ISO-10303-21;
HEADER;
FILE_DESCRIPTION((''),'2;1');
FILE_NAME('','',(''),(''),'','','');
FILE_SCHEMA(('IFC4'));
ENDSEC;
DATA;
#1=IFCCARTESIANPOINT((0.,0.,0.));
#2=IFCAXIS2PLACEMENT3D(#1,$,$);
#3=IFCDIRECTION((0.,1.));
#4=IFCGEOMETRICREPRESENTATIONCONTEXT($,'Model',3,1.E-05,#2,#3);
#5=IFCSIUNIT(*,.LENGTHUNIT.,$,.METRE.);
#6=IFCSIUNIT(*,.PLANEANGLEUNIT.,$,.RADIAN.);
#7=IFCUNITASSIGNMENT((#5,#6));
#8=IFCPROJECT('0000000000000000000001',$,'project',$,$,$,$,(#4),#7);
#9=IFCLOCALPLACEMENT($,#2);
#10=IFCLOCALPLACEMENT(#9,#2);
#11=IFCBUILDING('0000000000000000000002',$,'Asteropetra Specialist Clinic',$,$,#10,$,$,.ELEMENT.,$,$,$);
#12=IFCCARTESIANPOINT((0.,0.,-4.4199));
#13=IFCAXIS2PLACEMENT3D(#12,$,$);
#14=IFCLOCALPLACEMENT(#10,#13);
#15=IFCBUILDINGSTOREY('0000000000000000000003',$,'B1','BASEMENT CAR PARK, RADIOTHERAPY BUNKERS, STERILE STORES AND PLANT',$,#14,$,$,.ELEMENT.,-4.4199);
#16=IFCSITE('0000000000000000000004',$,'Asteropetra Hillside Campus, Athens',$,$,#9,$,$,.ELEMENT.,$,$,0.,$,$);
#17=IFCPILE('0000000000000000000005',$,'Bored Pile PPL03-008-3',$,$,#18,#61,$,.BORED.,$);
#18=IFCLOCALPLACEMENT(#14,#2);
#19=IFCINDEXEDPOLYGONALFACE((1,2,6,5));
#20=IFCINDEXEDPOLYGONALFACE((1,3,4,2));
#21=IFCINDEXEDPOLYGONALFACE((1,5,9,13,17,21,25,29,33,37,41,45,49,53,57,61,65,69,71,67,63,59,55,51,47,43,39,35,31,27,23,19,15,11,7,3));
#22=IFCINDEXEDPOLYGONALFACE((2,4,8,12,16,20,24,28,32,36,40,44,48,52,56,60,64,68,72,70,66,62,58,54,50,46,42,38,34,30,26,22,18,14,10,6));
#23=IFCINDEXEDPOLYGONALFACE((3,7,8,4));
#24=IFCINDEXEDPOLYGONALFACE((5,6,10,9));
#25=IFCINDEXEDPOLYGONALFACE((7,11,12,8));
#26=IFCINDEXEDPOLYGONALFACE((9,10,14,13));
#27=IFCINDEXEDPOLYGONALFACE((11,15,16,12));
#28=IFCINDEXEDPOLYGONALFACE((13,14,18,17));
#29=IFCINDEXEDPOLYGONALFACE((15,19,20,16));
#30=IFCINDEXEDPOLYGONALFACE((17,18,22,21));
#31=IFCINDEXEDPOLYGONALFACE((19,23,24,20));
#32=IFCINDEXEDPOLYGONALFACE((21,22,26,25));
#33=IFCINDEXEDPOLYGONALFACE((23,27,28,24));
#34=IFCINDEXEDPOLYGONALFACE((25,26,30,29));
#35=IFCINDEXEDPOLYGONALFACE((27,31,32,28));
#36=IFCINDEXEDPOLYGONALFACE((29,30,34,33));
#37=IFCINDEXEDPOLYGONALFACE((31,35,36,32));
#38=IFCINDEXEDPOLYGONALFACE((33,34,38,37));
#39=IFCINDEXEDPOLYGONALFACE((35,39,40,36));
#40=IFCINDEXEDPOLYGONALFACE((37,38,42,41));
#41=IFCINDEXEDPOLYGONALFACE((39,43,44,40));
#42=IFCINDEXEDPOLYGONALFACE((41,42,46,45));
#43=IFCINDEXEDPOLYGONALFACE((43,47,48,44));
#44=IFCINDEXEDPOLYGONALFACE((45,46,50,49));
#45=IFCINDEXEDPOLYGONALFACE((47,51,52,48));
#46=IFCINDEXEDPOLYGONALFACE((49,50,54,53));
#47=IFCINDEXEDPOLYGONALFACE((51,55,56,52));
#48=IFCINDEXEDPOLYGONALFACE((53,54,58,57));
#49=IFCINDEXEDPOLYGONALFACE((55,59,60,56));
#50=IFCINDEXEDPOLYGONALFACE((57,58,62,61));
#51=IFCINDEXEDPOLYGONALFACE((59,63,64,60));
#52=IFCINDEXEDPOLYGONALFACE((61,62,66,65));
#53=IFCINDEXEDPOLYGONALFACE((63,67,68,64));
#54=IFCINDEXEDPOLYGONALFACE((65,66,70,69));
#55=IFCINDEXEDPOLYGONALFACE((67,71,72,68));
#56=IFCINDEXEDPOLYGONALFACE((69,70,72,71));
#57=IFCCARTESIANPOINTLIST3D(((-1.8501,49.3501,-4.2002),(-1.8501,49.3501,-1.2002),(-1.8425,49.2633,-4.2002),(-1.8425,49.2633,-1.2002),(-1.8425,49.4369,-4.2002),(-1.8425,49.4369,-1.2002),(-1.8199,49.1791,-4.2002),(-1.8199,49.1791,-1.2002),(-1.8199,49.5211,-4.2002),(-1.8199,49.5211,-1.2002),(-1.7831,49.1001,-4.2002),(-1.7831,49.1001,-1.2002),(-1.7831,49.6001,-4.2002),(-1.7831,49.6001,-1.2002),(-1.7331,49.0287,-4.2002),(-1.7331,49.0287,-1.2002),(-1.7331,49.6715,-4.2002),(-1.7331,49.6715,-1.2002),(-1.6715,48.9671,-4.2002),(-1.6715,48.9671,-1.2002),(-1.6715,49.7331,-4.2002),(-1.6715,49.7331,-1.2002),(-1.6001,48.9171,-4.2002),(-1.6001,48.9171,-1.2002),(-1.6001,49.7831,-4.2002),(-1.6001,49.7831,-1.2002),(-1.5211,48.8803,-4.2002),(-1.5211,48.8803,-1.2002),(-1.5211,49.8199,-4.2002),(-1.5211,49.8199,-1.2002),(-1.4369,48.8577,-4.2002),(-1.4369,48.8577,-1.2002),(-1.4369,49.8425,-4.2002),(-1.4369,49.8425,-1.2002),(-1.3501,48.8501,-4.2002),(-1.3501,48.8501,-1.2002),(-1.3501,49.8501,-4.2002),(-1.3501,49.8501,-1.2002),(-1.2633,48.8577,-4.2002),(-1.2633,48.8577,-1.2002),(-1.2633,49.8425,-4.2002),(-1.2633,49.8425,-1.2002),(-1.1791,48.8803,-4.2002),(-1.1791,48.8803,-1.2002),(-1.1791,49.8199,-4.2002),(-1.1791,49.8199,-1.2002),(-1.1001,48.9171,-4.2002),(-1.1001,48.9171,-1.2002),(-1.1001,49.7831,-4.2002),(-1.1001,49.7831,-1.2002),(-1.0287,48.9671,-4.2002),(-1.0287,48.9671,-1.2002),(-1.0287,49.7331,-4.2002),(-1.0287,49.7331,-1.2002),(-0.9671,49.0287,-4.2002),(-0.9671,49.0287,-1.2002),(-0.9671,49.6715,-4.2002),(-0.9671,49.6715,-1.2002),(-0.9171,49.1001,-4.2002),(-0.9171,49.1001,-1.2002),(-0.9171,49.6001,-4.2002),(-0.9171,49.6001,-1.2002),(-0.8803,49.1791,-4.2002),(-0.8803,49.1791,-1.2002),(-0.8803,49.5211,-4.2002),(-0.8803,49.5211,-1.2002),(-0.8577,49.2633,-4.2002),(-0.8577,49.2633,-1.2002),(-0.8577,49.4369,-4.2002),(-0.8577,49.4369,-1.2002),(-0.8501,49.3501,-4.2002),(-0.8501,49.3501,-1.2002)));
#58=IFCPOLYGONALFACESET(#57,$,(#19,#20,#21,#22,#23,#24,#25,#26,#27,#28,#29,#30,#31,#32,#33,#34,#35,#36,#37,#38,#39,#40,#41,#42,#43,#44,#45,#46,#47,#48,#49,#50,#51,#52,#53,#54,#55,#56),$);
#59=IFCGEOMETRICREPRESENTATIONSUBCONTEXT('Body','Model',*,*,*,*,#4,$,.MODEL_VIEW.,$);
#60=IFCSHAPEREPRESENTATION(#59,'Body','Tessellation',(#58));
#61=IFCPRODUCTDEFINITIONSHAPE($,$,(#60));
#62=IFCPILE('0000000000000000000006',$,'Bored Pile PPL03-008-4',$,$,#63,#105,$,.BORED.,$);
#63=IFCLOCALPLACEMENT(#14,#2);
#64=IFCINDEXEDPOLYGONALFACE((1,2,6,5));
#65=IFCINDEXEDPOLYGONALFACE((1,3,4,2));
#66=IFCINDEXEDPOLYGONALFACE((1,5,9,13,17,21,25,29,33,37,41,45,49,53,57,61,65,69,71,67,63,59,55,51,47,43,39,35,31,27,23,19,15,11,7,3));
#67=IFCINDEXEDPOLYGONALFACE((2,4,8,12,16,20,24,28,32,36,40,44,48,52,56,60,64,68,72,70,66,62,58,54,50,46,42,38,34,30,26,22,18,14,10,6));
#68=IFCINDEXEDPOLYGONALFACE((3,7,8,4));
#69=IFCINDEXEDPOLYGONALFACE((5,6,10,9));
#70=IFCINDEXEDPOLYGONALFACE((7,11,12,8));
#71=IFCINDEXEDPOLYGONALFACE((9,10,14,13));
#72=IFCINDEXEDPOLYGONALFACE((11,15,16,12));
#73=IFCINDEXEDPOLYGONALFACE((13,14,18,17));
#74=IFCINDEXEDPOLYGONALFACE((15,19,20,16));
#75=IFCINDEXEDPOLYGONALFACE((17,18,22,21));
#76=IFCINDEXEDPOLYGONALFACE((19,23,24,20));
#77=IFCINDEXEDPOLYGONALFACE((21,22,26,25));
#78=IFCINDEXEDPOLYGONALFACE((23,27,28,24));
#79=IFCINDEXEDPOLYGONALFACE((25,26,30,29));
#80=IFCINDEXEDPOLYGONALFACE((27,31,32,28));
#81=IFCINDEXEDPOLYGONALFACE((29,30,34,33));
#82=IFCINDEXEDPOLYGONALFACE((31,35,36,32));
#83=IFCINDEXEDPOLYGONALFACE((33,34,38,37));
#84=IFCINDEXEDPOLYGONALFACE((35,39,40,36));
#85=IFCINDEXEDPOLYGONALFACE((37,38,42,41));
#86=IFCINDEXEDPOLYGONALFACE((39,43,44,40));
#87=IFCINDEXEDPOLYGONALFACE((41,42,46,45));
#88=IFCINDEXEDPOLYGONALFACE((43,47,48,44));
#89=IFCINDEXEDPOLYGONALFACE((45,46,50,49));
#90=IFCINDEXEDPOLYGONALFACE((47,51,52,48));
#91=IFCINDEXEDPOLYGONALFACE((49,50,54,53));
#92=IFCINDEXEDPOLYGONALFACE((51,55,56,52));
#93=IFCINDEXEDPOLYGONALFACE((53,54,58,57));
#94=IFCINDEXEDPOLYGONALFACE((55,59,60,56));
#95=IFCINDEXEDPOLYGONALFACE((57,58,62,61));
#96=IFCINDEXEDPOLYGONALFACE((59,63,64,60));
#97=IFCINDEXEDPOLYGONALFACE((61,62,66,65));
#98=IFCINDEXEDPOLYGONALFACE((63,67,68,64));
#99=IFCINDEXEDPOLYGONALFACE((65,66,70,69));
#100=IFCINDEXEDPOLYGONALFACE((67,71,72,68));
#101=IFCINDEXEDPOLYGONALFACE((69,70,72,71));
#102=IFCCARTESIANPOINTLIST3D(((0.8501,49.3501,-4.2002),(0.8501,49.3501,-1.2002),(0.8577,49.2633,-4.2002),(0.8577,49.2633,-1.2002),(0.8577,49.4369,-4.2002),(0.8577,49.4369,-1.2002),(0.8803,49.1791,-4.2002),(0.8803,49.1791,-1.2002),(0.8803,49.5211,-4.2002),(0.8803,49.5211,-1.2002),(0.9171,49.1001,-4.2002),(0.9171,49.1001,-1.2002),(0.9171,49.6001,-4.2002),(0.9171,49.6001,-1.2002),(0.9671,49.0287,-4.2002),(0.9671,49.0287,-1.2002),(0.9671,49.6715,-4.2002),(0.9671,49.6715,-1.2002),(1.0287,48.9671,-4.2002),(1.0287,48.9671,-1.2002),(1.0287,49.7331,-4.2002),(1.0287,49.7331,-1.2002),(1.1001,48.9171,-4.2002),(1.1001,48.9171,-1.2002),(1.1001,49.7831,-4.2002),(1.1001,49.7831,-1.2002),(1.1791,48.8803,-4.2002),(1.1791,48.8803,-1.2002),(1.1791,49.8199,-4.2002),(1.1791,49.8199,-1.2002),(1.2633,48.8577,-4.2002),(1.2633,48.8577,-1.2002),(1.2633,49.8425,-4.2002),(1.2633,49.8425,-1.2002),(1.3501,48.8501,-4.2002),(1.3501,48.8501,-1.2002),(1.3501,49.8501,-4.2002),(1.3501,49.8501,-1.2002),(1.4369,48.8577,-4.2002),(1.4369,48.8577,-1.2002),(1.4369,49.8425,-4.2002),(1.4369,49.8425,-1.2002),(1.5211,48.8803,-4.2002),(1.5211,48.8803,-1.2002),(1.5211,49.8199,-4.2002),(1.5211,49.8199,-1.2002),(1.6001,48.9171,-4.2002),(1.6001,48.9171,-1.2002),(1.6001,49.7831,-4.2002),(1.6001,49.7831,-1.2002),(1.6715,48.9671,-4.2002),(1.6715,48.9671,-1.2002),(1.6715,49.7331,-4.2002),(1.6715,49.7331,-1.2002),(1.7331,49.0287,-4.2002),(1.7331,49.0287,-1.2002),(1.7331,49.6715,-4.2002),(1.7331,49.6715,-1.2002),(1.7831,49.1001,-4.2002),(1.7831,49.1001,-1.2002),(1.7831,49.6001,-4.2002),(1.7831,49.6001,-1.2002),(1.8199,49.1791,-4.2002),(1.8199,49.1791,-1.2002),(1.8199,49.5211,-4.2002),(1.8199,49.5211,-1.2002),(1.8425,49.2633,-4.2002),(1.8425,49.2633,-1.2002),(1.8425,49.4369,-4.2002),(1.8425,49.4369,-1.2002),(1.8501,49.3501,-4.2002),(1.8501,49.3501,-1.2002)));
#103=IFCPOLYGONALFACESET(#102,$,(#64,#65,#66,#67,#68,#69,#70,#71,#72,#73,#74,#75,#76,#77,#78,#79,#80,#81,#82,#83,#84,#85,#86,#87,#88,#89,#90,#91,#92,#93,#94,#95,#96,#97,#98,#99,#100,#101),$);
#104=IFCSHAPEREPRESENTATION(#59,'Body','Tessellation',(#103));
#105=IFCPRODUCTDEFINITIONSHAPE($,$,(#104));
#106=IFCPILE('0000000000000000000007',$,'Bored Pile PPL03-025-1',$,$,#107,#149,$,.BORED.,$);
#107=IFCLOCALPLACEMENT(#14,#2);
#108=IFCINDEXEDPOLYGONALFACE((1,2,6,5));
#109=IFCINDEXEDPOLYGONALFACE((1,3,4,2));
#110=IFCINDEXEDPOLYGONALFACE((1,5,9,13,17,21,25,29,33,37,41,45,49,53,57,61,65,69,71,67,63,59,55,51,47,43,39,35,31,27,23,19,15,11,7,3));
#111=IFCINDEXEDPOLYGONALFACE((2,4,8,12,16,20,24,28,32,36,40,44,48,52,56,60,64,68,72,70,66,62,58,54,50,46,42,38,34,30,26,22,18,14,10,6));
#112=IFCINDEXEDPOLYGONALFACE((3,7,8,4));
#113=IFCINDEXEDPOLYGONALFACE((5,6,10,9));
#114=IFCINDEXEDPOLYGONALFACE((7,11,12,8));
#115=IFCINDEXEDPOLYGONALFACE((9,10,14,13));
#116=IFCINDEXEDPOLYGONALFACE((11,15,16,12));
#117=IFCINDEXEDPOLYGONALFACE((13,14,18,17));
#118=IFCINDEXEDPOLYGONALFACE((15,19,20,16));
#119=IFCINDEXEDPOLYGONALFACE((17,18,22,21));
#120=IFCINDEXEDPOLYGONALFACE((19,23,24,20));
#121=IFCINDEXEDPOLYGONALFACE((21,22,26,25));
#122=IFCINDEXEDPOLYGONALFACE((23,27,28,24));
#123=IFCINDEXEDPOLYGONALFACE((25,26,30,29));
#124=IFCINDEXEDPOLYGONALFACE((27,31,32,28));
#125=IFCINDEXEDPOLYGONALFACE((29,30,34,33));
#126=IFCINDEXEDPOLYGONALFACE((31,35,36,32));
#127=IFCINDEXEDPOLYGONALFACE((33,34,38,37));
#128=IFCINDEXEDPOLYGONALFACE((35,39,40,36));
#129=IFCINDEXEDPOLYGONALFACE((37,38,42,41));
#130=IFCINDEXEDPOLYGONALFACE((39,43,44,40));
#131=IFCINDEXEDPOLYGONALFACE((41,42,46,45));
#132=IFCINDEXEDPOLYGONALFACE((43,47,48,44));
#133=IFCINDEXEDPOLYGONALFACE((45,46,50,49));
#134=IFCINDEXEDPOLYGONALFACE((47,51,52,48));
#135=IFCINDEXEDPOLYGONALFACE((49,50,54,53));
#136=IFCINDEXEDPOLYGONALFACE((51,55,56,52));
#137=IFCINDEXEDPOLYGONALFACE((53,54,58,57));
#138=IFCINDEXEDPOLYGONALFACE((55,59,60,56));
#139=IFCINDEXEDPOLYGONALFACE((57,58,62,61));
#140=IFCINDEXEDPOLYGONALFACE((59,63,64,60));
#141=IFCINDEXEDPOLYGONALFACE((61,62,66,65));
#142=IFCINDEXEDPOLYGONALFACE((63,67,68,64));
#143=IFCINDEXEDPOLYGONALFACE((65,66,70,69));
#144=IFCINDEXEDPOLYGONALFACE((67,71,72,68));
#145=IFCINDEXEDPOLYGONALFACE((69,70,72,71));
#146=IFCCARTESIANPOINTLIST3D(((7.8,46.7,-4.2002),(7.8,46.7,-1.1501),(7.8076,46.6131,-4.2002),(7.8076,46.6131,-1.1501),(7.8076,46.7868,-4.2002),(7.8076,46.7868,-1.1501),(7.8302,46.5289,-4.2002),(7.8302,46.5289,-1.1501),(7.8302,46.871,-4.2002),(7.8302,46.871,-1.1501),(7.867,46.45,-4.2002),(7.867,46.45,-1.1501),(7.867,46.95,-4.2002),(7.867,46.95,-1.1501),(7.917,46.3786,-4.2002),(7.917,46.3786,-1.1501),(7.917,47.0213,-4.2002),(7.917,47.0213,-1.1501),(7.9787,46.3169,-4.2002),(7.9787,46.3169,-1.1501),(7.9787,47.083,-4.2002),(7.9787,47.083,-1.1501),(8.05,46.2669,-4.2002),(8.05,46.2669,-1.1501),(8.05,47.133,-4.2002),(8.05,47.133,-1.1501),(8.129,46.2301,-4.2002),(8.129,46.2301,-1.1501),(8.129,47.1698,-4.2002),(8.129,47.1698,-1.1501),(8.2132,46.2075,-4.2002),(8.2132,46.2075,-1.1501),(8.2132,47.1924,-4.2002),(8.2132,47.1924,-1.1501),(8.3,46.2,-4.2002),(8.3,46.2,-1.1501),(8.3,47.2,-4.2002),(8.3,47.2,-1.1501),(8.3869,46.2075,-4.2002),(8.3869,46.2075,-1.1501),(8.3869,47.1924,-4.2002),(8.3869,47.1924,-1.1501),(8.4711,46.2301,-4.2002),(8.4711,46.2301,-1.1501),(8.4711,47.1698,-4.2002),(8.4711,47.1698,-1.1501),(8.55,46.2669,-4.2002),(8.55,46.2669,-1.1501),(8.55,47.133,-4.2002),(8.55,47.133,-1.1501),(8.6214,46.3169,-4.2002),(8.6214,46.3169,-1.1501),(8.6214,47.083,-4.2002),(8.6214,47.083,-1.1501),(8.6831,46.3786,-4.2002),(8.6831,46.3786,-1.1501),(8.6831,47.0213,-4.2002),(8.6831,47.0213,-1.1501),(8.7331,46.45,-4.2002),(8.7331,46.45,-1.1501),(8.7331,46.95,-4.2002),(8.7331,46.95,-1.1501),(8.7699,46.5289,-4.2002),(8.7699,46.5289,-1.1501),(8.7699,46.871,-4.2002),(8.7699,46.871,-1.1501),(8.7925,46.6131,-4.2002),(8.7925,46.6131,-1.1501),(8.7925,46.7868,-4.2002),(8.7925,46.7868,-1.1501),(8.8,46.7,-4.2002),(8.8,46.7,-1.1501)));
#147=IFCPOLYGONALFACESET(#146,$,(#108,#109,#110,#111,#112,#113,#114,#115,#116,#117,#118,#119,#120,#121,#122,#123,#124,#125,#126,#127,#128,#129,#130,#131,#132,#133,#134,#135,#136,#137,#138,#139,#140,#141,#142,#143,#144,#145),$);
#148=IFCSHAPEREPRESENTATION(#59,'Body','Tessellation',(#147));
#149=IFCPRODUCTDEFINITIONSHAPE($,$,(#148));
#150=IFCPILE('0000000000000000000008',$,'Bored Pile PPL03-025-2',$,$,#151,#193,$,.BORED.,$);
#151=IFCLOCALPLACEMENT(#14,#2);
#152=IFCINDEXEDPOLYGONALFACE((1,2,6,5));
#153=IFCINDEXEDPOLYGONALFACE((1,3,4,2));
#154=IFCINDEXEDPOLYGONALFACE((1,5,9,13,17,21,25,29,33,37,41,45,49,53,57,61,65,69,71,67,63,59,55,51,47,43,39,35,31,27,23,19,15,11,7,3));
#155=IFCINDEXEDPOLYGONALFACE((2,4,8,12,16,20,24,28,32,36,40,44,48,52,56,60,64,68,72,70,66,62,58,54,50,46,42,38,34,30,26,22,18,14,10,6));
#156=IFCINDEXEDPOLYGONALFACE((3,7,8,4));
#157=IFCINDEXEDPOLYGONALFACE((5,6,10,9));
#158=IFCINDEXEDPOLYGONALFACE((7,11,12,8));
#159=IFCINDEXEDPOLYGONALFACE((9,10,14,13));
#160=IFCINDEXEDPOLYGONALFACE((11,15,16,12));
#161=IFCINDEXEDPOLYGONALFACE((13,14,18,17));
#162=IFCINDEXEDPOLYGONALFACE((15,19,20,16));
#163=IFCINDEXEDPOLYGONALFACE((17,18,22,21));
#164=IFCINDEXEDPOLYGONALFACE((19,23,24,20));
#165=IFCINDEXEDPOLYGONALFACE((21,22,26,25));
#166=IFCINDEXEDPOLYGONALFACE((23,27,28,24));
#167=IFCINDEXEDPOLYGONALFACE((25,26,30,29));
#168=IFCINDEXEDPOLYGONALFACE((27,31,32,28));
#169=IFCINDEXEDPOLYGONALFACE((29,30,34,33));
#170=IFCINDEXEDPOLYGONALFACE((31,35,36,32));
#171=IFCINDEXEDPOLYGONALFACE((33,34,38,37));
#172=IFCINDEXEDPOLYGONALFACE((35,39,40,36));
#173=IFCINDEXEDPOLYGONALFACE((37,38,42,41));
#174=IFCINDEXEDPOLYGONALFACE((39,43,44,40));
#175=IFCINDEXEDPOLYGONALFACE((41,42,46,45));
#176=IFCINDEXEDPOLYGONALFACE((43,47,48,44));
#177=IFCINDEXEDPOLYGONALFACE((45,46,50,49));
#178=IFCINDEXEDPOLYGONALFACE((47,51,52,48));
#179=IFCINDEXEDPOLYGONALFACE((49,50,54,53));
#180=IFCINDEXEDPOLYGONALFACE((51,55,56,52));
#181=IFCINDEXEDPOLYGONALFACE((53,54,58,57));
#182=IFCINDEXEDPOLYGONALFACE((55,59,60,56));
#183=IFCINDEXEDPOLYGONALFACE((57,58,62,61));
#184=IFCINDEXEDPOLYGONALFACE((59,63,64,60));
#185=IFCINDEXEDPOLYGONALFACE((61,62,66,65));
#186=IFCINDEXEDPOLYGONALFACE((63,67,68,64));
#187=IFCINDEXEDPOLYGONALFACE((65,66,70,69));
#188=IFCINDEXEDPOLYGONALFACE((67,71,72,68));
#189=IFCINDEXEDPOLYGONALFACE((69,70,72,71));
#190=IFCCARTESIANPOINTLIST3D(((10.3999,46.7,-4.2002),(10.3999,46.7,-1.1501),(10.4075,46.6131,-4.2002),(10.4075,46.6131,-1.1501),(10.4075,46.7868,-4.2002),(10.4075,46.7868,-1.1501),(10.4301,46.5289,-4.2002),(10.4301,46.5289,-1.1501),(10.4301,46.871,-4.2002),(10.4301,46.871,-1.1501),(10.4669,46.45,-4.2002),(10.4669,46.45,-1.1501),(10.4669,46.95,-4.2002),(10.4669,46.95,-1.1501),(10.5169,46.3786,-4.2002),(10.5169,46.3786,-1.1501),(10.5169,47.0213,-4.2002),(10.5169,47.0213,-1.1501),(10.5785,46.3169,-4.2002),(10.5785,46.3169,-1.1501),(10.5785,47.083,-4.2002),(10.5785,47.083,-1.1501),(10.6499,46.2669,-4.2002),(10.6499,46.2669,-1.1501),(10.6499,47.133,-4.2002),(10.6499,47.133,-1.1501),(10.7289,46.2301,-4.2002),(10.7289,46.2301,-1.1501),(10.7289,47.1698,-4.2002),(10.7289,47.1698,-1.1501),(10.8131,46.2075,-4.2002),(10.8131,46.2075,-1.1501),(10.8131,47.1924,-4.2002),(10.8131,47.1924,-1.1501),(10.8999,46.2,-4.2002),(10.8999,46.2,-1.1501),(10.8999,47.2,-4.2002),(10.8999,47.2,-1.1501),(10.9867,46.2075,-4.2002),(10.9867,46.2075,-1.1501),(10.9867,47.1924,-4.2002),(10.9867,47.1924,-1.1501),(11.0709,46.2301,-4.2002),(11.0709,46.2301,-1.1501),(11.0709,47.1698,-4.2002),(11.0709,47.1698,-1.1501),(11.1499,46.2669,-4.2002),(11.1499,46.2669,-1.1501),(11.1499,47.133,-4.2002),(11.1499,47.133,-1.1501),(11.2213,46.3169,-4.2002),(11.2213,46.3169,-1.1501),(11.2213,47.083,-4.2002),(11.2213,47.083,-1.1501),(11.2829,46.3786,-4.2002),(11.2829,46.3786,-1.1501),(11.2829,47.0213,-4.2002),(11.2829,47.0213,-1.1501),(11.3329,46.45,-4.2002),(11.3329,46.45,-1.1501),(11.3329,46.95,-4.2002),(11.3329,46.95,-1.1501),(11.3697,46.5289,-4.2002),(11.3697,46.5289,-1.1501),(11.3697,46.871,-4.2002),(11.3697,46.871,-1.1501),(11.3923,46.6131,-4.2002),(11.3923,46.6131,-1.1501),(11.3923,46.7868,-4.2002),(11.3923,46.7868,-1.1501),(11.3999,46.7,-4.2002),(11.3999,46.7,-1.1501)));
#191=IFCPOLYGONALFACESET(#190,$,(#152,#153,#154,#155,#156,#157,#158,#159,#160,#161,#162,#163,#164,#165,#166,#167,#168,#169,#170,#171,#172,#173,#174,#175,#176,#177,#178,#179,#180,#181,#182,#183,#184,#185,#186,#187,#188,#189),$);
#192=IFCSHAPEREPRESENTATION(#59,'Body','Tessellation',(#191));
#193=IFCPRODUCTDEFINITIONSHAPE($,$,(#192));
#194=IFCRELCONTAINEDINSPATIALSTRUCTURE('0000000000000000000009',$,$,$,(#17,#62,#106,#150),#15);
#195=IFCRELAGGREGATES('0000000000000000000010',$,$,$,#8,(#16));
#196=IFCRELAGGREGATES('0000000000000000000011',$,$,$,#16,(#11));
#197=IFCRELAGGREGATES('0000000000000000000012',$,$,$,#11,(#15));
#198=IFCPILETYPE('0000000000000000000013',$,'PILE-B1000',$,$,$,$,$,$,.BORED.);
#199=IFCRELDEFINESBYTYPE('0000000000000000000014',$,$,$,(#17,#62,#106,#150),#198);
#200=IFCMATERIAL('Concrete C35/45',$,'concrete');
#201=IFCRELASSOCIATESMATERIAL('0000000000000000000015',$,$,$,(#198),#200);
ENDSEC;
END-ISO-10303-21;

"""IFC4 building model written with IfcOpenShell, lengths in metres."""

from ifc_helpers import new_model, si_unit, direction, frame, origin, origin_2d, place, context, subcontext, project, spatial, circle, extrude, material, material_profile, profile_set, type_object, element, save


model = new_model("IFC4")

# Units and contexts
model_context = context("Model", 3, precision=1e-05, world=origin(), true_north=direction((0.0, 1.0)))
body_context = subcontext(model_context, "Body", "Model", "MODEL_VIEW")
ifc_project = project(units=[si_unit("LENGTHUNIT", "METRE"), si_unit("PLANEANGLEUNIT", "RADIAN")], contexts=[model_context])

# Site, building, storey
site_placement = place(None, origin())
site = spatial("IfcSite", under=ifc_project, at=site_placement, Name="Asteropetra Hillside Campus, Athens", CompositionType="ELEMENT", RefElevation=0.0)
building_placement = place(site_placement, origin())
building = spatial("IfcBuilding", under=site, at=building_placement, Name="Asteropetra Specialist Clinic", CompositionType="ELEMENT")
storey_placement = place(building_placement, frame((0.0, 0.0, -4.4199)))
storey = spatial("IfcBuildingStorey", under=building, at=storey_placement, Name="B1", Description="BASEMENT CAR PARK, RADIOTHERAPY BUNKERS, STERILE STORES AND PLANT", CompositionType="ELEMENT", Elevation=-4.4199)

# Piles
ifc_material_1 = material(Name="Concrete C35/45", Category="concrete")
ifc_material_profile_1 = material_profile(ifc_material_1, circle(Radius=0.5, at=origin_2d()), Name="PILE D1000")
ifc_profile_set_1 = profile_set([ifc_material_profile_1], Name="Concrete C35/45")
pile_type_1 = type_object("IfcPileType", Name="PILE-B1000", PredefinedType="BORED", material=ifc_profile_set_1)
for number, where, z_axis, x_axis, name in (
    (1, (-1.3501, 49.3501, -1.2002), (0.0, 0.0, -1.0), (1.0, 0.0, 0.0), "Bored Pile PPL03-008-3"),
    (2, (1.3501, 49.3501, -1.2002), (0.0, 0.0, -1.0), (1.0, 0.0, 0.0), "Bored Pile PPL03-008-4"),
):
    element("IfcPile", number, at=place(storey_placement, frame(where, z_axis=z_axis, x_axis=x_axis)), inside=storey, type_object=pile_type_1, Name=name, PredefinedType="BORED", context=body_context, shape_type="SweptSolid", body=[
        extrude(circle(Radius=0.5, at=origin_2d()), origin(), (0.0, 0.0, 1.0), 3.0),
    ])
for number, where, z_axis, x_axis, name in (
    (3, (8.3, 46.7, -1.1501), (0.0, 0.0, -1.0), (1.0, 0.0, 0.0), "Bored Pile PPL03-025-1"),
    (4, (10.8999, 46.7, -1.1501), (0.0, 0.0, -1.0), (1.0, 0.0, 0.0), "Bored Pile PPL03-025-2"),
):
    element("IfcPile", number, at=place(storey_placement, frame(where, z_axis=z_axis, x_axis=x_axis)), inside=storey, type_object=pile_type_1, Name=name, PredefinedType="BORED", context=body_context, shape_type="SweptSolid", body=[
        extrude(circle(Radius=0.5, at=origin_2d()), origin(), (0.0, 0.0, 1.0), 3.05),
    ])

save(model, "model.ifc")
